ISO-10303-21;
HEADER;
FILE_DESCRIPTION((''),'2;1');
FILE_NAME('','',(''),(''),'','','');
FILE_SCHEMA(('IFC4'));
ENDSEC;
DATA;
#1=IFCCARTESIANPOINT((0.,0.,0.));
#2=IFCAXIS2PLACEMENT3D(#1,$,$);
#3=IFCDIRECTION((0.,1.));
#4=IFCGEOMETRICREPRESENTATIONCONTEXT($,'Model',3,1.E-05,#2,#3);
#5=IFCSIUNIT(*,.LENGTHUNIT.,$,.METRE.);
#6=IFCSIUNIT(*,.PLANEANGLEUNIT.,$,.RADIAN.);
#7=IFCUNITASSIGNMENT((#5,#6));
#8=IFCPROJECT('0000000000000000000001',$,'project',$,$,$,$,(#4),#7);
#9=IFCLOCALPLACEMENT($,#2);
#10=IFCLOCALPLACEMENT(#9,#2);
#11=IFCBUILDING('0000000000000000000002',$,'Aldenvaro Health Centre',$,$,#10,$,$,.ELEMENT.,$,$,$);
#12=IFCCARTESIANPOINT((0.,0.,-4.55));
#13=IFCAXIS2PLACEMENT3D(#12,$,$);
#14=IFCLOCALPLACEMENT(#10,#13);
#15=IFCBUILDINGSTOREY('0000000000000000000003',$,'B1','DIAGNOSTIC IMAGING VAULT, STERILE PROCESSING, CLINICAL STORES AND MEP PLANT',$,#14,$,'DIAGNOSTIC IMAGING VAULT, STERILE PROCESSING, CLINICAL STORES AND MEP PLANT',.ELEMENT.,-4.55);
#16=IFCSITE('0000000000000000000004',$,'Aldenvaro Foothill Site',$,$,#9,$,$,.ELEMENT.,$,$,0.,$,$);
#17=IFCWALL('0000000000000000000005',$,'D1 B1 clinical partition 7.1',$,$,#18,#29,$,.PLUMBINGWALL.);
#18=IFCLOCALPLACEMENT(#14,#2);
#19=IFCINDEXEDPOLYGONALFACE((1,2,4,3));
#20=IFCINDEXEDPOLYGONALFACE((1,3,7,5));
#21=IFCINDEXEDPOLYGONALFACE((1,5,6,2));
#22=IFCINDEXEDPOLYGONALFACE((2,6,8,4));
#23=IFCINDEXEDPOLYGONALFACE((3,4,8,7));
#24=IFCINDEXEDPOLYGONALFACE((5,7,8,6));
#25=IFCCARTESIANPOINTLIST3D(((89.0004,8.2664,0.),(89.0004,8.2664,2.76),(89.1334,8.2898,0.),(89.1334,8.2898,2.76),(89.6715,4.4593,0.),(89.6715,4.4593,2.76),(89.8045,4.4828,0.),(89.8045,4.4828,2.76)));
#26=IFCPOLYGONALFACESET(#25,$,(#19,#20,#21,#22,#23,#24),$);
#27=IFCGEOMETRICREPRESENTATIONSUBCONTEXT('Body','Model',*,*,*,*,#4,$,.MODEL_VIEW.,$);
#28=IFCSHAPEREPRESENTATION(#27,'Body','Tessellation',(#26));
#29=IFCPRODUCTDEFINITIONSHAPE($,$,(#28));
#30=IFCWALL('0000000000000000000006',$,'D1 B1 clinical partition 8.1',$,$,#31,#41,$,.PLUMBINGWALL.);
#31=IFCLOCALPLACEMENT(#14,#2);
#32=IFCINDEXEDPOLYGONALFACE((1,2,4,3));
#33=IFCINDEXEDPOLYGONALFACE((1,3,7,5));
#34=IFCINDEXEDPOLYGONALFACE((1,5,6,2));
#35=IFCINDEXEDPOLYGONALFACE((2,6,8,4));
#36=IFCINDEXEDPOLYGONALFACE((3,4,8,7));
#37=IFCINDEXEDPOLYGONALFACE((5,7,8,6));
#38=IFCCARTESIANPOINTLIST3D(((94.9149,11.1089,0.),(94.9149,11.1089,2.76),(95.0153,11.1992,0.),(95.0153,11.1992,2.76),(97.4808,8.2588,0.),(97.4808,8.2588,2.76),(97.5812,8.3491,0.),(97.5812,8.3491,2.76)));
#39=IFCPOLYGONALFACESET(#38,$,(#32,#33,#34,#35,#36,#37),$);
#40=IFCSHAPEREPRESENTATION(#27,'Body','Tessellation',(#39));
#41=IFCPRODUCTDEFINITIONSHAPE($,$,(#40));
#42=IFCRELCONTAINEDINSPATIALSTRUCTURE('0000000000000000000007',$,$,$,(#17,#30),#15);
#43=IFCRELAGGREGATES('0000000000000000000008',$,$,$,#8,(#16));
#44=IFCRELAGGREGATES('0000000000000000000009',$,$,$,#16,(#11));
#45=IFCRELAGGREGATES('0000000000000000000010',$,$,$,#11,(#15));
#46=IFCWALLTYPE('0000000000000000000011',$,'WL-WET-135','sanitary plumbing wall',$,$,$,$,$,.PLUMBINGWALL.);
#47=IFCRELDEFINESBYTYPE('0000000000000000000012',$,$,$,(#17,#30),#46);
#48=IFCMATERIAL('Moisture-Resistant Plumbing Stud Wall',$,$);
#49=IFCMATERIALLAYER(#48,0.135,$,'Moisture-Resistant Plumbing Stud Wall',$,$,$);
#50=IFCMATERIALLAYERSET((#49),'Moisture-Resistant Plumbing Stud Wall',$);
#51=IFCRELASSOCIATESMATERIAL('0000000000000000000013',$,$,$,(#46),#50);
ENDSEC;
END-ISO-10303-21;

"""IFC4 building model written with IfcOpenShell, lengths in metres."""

from ifc_helpers import new_model, si_unit, direction, frame, frame_2d, origin, place, context, subcontext, project, spatial, rectangle, extrude, material, layer, layer_set, type_object, element, save


model = new_model("IFC4")

# Units and contexts
model_context = context("Model", 3, precision=1e-05, world=origin(), true_north=direction((0.0, 1.0)))
body_context = subcontext(model_context, "Body", "Model", "MODEL_VIEW")
ifc_project = project(units=[si_unit("LENGTHUNIT", "METRE"), si_unit("PLANEANGLEUNIT", "RADIAN")], contexts=[model_context])

# Site, building, storey
site_placement = place(None, origin())
site = spatial("IfcSite", under=ifc_project, at=site_placement, Name="Aldenvaro Foothill Site", CompositionType="ELEMENT", RefElevation=0.0)
building_placement = place(site_placement, origin())
building = spatial("IfcBuilding", under=site, at=building_placement, Name="Aldenvaro Health Centre", CompositionType="ELEMENT")
storey_placement = place(building_placement, frame((0.0, 0.0, -4.55)))
storey = spatial("IfcBuildingStorey", under=building, at=storey_placement, Name="B1", Description="DIAGNOSTIC IMAGING VAULT, STERILE PROCESSING, CLINICAL STORES AND MEP PLANT", LongName="DIAGNOSTIC IMAGING VAULT, STERILE PROCESSING, CLINICAL STORES AND MEP PLANT", CompositionType="ELEMENT", Elevation=-4.55)

# Walls
ifc_material_1 = material(Name="Moisture-Resistant Plumbing Stud Wall")
ifc_layer_1 = layer(ifc_material_1, 0.135, Name="Moisture-Resistant Plumbing Stud Wall")
ifc_layer_set_1 = layer_set([ifc_layer_1], Name="Moisture-Resistant Plumbing Stud Wall")
wall_type_1 = type_object("IfcWallType", Name="WL-WET-135", Description="sanitary plumbing wall", PredefinedType="PLUMBINGWALL", material=ifc_layer_set_1)
wall_1_placement = place(storey_placement, frame((89.0669, 8.2781, 0.0), z_axis=(0.0, 0.0, 1.0), x_axis=(0.173609, -0.984815, 0.0)))
element("IfcWall", 1, at=wall_1_placement, inside=storey, type_object=wall_type_1, Name="D1 B1 clinical partition 7.1", PredefinedType="PLUMBINGWALL", context=body_context, shape_type="SweptSolid", body=[
    extrude(rectangle(XDim=3.8657, YDim=0.135, at=frame_2d((1.9329, 0.0))), origin(), (0.0, 0.0, 1.0), 2.76),
])
wall_2_placement = place(storey_placement, frame((94.9651, 11.1541, 0.0), z_axis=(0.0, 0.0, 1.0), x_axis=(0.669084, -0.743187, 0.0)))
element("IfcWall", 2, at=wall_2_placement, inside=storey, type_object=wall_type_1, Name="D1 B1 clinical partition 8.1", PredefinedType="PLUMBINGWALL", context=body_context, shape_type="SweptSolid", body=[
    extrude(rectangle(XDim=3.835, YDim=0.135, at=frame_2d((1.9175, 0.0))), origin(), (0.0, 0.0, 1.0), 2.76),
])

save(model, "model.ifc")
